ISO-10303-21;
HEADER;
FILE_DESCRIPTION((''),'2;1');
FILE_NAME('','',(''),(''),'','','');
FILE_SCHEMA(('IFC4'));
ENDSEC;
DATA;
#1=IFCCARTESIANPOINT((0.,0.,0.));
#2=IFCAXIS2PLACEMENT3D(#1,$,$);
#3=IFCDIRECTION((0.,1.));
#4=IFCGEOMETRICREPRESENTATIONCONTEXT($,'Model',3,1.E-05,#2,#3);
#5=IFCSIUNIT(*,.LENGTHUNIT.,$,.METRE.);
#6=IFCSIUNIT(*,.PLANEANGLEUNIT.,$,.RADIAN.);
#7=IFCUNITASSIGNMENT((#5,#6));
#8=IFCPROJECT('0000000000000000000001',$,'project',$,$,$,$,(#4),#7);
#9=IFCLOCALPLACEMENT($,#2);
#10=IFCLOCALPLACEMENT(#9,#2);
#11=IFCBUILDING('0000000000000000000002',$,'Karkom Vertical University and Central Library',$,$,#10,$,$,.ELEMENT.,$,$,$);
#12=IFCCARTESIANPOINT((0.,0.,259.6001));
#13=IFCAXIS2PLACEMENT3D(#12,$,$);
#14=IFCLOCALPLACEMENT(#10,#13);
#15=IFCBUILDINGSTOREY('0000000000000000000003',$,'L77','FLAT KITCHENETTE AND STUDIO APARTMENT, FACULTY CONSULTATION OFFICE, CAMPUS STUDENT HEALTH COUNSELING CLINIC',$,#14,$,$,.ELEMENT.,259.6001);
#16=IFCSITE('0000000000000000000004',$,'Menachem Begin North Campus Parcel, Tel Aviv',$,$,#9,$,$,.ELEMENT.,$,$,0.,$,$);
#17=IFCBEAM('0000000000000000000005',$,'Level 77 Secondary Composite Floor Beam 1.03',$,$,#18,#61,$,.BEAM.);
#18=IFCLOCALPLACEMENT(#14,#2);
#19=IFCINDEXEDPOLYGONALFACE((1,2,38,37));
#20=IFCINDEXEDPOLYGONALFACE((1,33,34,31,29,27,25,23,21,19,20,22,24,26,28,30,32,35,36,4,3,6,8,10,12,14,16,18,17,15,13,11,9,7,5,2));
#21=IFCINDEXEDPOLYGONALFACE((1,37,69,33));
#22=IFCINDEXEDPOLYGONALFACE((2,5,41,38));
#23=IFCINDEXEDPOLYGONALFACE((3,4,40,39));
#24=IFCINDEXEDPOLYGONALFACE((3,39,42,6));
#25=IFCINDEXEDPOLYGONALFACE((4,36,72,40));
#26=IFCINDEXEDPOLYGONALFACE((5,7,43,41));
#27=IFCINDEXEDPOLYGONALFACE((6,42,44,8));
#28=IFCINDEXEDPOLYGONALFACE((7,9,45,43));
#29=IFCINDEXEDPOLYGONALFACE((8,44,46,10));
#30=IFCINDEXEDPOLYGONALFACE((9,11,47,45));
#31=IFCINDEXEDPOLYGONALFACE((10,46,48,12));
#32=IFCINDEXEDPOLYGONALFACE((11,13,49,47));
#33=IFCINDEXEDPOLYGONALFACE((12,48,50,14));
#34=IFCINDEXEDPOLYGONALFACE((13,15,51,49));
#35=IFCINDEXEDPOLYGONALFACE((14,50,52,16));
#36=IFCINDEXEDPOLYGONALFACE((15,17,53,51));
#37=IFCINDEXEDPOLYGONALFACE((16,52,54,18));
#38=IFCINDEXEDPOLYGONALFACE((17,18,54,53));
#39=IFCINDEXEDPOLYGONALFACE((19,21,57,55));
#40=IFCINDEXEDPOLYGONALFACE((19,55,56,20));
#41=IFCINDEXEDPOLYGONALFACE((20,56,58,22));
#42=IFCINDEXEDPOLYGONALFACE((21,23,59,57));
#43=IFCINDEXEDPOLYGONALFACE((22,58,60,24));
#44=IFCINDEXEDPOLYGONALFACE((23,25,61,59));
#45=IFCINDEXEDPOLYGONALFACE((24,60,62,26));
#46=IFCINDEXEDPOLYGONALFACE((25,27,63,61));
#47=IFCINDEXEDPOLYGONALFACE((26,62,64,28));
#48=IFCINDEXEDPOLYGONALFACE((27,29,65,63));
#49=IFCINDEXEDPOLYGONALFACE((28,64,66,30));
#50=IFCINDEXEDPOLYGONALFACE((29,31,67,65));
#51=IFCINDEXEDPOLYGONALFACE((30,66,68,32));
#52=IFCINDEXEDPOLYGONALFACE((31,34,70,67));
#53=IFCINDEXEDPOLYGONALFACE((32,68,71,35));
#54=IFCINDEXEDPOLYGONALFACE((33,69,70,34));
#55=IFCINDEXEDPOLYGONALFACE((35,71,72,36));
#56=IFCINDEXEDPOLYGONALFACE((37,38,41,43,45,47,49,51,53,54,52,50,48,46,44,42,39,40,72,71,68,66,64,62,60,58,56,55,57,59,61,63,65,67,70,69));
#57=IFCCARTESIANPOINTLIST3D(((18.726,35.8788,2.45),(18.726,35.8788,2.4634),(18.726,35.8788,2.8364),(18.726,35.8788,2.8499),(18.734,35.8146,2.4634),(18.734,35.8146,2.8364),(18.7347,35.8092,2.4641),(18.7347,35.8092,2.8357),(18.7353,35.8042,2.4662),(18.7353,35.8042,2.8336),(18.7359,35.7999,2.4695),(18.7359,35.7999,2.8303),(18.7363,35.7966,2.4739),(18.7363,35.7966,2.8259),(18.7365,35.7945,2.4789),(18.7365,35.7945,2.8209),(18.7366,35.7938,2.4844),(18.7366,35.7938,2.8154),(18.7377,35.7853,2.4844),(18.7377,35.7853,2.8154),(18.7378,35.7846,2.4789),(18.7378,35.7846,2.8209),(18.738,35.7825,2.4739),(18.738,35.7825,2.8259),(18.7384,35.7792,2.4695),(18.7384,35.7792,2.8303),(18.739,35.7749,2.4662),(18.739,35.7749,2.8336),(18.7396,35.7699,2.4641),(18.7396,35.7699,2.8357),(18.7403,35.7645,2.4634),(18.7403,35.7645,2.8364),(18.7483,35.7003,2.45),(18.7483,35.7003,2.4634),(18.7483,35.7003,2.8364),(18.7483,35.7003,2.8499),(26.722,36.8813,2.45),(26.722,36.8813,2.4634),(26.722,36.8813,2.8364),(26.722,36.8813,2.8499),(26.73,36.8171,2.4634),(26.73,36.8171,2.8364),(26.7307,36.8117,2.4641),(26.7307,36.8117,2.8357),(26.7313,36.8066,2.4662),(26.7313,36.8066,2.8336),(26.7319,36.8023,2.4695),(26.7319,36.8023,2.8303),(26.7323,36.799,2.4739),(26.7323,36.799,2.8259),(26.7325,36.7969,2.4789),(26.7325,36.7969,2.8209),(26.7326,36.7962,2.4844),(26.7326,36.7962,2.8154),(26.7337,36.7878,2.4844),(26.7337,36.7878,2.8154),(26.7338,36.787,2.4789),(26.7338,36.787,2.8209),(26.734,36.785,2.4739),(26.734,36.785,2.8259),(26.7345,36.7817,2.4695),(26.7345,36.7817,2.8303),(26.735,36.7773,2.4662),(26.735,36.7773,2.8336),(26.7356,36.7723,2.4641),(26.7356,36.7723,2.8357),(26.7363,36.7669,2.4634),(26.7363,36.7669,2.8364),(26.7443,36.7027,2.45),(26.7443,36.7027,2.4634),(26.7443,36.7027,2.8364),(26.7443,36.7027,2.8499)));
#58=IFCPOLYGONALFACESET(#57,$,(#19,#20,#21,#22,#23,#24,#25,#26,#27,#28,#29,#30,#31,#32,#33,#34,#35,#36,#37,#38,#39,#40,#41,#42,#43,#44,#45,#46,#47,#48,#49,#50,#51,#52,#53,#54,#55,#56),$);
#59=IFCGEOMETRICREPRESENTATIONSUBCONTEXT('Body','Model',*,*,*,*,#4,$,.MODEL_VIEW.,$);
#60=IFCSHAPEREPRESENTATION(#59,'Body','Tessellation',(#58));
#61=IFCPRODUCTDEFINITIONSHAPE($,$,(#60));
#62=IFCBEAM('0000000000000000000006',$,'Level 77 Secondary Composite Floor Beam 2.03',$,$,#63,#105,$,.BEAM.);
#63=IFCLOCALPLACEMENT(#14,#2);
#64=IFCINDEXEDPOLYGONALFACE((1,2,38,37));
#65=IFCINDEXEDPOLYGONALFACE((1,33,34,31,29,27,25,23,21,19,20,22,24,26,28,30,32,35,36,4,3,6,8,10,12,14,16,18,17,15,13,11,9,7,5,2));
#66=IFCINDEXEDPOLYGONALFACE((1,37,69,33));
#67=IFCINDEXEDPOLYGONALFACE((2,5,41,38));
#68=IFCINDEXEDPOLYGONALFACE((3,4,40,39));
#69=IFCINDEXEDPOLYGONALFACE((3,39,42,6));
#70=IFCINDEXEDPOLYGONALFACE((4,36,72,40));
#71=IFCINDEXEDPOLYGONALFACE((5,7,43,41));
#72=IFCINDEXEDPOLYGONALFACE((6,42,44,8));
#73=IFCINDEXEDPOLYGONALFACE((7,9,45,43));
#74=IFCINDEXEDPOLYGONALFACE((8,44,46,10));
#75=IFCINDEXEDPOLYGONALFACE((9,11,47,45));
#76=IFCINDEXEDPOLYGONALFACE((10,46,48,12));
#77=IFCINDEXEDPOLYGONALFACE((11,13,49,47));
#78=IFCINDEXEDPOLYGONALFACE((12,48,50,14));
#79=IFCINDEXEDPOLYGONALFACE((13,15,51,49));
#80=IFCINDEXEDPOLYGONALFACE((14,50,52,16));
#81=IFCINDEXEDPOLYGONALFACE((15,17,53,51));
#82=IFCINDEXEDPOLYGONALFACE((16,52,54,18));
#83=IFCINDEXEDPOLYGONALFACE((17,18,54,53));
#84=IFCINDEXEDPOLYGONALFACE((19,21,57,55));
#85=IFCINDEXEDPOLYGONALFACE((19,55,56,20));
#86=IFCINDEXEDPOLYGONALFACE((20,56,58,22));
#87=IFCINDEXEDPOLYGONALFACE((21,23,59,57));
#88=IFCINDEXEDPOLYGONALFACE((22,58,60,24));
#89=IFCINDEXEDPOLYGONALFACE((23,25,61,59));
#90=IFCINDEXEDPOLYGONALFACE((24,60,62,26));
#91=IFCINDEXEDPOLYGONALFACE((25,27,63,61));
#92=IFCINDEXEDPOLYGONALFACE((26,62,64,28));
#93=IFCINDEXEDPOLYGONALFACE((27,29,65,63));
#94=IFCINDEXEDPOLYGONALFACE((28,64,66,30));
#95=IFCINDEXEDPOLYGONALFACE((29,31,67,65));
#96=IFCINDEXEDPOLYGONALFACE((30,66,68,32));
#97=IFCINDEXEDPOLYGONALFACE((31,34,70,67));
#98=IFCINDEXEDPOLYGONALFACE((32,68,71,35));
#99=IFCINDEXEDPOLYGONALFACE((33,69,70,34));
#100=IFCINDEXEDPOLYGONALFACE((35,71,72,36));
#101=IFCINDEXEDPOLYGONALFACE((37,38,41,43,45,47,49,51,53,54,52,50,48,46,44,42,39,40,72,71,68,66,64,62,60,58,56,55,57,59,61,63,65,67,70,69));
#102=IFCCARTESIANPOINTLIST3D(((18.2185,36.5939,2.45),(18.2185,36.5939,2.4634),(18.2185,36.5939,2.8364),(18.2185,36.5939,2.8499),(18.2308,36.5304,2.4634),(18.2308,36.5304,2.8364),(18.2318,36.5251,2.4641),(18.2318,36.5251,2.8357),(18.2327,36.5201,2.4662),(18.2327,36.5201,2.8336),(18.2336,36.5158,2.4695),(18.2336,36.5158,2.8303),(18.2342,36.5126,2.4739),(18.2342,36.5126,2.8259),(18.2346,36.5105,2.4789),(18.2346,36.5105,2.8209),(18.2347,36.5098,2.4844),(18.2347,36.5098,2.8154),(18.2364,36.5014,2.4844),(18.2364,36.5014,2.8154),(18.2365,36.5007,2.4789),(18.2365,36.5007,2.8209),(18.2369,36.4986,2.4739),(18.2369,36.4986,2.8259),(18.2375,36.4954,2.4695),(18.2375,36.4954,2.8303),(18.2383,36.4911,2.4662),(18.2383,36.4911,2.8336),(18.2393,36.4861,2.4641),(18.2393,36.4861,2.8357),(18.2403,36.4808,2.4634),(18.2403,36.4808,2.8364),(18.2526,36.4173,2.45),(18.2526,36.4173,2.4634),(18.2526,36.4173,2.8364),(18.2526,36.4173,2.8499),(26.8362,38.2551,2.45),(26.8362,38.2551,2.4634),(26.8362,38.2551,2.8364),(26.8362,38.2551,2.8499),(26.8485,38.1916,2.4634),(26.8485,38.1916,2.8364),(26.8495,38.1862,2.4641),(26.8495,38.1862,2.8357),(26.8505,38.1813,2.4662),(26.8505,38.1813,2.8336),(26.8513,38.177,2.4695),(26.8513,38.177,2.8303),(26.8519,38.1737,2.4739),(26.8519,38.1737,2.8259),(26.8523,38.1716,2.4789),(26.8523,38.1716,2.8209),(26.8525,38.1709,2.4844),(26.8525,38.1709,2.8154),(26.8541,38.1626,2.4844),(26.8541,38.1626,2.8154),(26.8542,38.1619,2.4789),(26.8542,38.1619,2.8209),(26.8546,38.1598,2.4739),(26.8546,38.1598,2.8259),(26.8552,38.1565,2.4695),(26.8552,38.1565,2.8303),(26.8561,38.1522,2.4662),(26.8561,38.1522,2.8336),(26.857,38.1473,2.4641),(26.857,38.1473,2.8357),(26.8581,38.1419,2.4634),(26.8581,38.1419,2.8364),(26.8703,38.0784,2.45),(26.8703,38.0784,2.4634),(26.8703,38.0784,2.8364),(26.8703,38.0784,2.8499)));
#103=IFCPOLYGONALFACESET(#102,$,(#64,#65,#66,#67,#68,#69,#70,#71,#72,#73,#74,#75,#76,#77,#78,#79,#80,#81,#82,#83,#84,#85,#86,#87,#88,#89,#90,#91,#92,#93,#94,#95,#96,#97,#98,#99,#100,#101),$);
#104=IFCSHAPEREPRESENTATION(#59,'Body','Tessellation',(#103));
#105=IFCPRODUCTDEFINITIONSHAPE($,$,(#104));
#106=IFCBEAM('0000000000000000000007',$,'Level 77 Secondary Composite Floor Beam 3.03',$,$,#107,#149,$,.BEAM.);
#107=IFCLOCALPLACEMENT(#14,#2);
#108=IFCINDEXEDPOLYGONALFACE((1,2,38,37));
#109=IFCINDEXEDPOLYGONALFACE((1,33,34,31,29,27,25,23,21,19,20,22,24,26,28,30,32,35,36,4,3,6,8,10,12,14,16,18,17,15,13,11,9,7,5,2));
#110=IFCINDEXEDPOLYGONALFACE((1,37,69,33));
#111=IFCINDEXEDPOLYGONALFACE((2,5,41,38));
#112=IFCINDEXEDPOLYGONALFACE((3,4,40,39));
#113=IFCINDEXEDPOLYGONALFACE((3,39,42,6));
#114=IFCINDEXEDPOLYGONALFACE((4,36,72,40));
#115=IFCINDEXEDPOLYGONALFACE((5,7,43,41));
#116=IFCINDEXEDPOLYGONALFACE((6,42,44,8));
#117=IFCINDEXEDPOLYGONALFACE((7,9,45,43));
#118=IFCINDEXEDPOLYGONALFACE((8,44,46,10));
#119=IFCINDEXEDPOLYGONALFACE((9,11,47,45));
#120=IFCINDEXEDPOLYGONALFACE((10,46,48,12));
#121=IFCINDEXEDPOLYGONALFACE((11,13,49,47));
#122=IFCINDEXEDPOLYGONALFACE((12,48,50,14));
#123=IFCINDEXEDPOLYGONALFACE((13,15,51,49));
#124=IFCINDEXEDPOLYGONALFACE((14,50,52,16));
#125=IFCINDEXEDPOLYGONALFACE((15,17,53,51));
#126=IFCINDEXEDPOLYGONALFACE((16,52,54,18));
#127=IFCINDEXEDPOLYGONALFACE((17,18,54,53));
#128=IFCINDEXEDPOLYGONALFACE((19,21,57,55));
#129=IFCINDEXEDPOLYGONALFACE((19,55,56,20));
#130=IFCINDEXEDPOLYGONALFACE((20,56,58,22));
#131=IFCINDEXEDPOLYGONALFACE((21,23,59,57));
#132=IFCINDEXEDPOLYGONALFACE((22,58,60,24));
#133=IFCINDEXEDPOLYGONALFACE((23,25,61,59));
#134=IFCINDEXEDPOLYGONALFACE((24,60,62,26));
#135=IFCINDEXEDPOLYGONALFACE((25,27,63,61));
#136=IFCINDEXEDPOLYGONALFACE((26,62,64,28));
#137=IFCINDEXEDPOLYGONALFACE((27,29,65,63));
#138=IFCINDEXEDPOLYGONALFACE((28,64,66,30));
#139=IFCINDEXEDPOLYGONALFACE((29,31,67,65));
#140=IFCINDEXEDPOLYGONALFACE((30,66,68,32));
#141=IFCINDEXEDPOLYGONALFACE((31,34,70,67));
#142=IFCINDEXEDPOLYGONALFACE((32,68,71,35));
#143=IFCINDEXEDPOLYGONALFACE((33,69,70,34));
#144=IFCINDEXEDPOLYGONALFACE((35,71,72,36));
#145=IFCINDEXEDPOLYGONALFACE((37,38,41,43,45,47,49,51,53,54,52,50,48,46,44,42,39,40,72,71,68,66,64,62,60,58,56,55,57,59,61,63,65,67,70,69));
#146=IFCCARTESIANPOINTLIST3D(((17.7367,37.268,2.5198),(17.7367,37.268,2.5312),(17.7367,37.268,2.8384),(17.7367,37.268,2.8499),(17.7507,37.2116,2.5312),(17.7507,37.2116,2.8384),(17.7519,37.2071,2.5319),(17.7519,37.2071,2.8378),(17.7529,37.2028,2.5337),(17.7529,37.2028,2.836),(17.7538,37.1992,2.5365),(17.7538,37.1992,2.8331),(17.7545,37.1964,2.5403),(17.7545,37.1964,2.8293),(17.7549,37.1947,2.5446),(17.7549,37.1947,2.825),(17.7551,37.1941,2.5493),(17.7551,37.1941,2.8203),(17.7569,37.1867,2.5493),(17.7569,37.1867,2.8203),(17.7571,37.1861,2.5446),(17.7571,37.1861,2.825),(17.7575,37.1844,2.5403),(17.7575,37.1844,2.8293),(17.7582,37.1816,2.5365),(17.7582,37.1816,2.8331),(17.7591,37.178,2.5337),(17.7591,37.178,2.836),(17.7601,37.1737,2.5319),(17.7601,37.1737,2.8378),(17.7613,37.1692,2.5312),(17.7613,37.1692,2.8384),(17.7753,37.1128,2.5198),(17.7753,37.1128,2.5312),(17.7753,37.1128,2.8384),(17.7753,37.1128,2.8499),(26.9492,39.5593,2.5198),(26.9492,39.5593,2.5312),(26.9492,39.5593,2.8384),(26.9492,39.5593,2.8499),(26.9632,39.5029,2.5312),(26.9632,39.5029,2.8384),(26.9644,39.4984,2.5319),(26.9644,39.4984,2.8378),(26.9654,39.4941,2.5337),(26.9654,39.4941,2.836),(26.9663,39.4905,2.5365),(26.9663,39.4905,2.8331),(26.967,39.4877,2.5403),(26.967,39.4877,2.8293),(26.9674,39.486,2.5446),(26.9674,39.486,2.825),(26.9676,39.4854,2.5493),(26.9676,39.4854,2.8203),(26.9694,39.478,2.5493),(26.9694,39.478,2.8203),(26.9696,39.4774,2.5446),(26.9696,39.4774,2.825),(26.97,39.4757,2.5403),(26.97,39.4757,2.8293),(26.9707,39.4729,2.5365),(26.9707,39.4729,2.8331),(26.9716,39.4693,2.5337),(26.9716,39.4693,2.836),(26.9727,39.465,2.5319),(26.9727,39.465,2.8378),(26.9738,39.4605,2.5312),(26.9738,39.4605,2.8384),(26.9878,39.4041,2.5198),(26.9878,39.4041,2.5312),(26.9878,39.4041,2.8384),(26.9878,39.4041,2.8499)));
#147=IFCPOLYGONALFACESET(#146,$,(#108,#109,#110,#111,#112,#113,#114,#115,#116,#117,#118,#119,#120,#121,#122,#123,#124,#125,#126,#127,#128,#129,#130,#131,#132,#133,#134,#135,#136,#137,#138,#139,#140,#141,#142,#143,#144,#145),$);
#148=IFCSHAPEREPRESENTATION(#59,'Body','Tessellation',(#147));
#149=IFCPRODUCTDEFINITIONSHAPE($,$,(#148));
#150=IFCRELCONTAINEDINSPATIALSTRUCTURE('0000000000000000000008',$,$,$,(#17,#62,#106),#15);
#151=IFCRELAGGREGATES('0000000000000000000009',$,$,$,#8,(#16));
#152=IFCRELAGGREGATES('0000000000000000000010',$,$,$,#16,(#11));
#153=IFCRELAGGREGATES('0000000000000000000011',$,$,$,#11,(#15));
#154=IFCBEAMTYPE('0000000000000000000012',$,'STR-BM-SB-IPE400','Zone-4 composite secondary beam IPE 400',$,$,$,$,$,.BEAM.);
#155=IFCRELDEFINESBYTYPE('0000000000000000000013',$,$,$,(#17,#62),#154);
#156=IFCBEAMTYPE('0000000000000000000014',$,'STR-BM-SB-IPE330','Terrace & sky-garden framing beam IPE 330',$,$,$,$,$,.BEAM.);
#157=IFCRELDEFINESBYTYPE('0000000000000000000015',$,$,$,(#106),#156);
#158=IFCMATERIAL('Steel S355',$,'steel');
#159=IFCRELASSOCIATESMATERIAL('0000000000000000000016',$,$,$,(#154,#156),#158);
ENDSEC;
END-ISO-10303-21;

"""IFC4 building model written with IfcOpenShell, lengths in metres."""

from ifc_helpers import new_model, si_unit, direction, frame, origin, origin_with_axes, origin_2d, place, context, subcontext, project, spatial, i_section, extrude, source, transform, mapped, material, material_profile, profile_set, type_object, element, save


model = new_model("IFC4")

# Units and contexts
model_context = context("Model", 3, precision=1e-05, world=origin(), true_north=direction((0.0, 1.0)))
body_context = subcontext(model_context, "Body", "Model", "MODEL_VIEW")
ifc_project = project(units=[si_unit("LENGTHUNIT", "METRE"), si_unit("PLANEANGLEUNIT", "RADIAN")], contexts=[model_context])

# Site, building, storey
site_placement = place(None, origin())
site = spatial("IfcSite", under=ifc_project, at=site_placement, Name="Menachem Begin North Campus Parcel, Tel Aviv", CompositionType="ELEMENT", RefElevation=0.0)
building_placement = place(site_placement, origin())
building = spatial("IfcBuilding", under=site, at=building_placement, Name="Karkom Vertical University and Central Library", CompositionType="ELEMENT")
storey_placement = place(building_placement, frame((0.0, 0.0, 259.6001)))
storey = spatial("IfcBuildingStorey", under=building, at=storey_placement, Name="L77", Description="FLAT KITCHENETTE AND STUDIO APARTMENT, FACULTY CONSULTATION OFFICE, CAMPUS STUDENT HEALTH COUNSELING CLINIC", CompositionType="ELEMENT", Elevation=259.6001)

# Beams
ifc_material_1 = material(Name="Steel S355", Category="steel")
ifc_material_profile_1 = material_profile(ifc_material_1, i_section(OverallWidth=0.1799, OverallDepth=0.3999, WebThickness=0.0085, FlangeThickness=0.0134, FilletRadius=0.021, at=origin_2d()), Name="IPE 400")
ifc_profile_set_1 = profile_set([ifc_material_profile_1], Name="Steel S355")
beam_type_1 = type_object("IfcBeamType", Name="STR-BM-SB-IPE400", Description="Zone-4 composite secondary beam IPE 400", PredefinedType="BEAM", material=ifc_profile_set_1)
shared_shape_1 = source(origin_with_axes(), body_context, "Body", "SweptSolid", [
    extrude(i_section(OverallWidth=0.1799, OverallDepth=0.3999, WebThickness=0.0085, FlangeThickness=0.0134, FilletRadius=0.021, at=origin_2d()), origin(), (0.0, 0.0, 1.0), 8.0586),
])
beam_1_placement = place(storey_placement, frame((26.7332, 36.792, 2.6499), z_axis=(-0.992233, -0.124393, 0.0), x_axis=(0.124393, -0.992233, 0.0)))
element("IfcBeam", 1, at=beam_1_placement, inside=storey, type_object=beam_type_1, Name="Level 77 Secondary Composite Floor Beam 1.03", PredefinedType="BEAM", context=body_context, shape_type="MappedRepresentation", body=[
    mapped(shared_shape_1, transform((0.0, 0.0, 0.0), scale=1.0)),
])
shared_shape_2 = source(origin_with_axes(), body_context, "Body", "SweptSolid", [
    extrude(i_section(OverallWidth=0.1799, OverallDepth=0.3999, WebThickness=0.0085, FlangeThickness=0.0134, FilletRadius=0.021, at=origin_2d()), origin(), (0.0, 0.0, 1.0), 8.7764),
])
beam_2_placement = place(storey_placement, frame((26.8533, 38.1667, 2.6499), z_axis=(-0.981924, -0.189275, 0.0), x_axis=(0.189275, -0.981924, 0.0)))
element("IfcBeam", 2, at=beam_2_placement, inside=storey, type_object=beam_type_1, Name="Level 77 Secondary Composite Floor Beam 2.03", PredefinedType="BEAM", context=body_context, shape_type="MappedRepresentation", body=[
    mapped(shared_shape_2, transform((0.0, 0.0, 0.0), scale=1.0)),
])
ifc_material_profile_2 = material_profile(ifc_material_1, i_section(OverallWidth=0.1599, OverallDepth=0.3301, WebThickness=0.0076, FlangeThickness=0.0115, FilletRadius=0.0181, at=origin_2d()), Name="IPE 330")
ifc_profile_set_2 = profile_set([ifc_material_profile_2], Name="Steel S355")
beam_type_2 = type_object("IfcBeamType", Name="STR-BM-SB-IPE330", Description="Terrace & sky-garden framing beam IPE 330", PredefinedType="BEAM", material=ifc_profile_set_2)
shared_shape_3 = source(origin_with_axes(), body_context, "Body", "SweptSolid", [
    extrude(i_section(OverallWidth=0.1599, OverallDepth=0.3301, WebThickness=0.0076, FlangeThickness=0.0115, FilletRadius=0.0181, at=origin_2d()), origin(), (0.0, 0.0, 1.0), 9.4932),
])
beam_3_placement = place(storey_placement, frame((26.9685, 39.4817, 2.6848), z_axis=(-0.970435, -0.241362, 0.0), x_axis=(0.241362, -0.970435, 0.0)))
element("IfcBeam", 3, at=beam_3_placement, inside=storey, type_object=beam_type_2, Name="Level 77 Secondary Composite Floor Beam 3.03", PredefinedType="BEAM", context=body_context, shape_type="MappedRepresentation", body=[
    mapped(shared_shape_3, transform((0.0, 0.0, 0.0), scale=1.0)),
])

save(model, "model.ifc")
